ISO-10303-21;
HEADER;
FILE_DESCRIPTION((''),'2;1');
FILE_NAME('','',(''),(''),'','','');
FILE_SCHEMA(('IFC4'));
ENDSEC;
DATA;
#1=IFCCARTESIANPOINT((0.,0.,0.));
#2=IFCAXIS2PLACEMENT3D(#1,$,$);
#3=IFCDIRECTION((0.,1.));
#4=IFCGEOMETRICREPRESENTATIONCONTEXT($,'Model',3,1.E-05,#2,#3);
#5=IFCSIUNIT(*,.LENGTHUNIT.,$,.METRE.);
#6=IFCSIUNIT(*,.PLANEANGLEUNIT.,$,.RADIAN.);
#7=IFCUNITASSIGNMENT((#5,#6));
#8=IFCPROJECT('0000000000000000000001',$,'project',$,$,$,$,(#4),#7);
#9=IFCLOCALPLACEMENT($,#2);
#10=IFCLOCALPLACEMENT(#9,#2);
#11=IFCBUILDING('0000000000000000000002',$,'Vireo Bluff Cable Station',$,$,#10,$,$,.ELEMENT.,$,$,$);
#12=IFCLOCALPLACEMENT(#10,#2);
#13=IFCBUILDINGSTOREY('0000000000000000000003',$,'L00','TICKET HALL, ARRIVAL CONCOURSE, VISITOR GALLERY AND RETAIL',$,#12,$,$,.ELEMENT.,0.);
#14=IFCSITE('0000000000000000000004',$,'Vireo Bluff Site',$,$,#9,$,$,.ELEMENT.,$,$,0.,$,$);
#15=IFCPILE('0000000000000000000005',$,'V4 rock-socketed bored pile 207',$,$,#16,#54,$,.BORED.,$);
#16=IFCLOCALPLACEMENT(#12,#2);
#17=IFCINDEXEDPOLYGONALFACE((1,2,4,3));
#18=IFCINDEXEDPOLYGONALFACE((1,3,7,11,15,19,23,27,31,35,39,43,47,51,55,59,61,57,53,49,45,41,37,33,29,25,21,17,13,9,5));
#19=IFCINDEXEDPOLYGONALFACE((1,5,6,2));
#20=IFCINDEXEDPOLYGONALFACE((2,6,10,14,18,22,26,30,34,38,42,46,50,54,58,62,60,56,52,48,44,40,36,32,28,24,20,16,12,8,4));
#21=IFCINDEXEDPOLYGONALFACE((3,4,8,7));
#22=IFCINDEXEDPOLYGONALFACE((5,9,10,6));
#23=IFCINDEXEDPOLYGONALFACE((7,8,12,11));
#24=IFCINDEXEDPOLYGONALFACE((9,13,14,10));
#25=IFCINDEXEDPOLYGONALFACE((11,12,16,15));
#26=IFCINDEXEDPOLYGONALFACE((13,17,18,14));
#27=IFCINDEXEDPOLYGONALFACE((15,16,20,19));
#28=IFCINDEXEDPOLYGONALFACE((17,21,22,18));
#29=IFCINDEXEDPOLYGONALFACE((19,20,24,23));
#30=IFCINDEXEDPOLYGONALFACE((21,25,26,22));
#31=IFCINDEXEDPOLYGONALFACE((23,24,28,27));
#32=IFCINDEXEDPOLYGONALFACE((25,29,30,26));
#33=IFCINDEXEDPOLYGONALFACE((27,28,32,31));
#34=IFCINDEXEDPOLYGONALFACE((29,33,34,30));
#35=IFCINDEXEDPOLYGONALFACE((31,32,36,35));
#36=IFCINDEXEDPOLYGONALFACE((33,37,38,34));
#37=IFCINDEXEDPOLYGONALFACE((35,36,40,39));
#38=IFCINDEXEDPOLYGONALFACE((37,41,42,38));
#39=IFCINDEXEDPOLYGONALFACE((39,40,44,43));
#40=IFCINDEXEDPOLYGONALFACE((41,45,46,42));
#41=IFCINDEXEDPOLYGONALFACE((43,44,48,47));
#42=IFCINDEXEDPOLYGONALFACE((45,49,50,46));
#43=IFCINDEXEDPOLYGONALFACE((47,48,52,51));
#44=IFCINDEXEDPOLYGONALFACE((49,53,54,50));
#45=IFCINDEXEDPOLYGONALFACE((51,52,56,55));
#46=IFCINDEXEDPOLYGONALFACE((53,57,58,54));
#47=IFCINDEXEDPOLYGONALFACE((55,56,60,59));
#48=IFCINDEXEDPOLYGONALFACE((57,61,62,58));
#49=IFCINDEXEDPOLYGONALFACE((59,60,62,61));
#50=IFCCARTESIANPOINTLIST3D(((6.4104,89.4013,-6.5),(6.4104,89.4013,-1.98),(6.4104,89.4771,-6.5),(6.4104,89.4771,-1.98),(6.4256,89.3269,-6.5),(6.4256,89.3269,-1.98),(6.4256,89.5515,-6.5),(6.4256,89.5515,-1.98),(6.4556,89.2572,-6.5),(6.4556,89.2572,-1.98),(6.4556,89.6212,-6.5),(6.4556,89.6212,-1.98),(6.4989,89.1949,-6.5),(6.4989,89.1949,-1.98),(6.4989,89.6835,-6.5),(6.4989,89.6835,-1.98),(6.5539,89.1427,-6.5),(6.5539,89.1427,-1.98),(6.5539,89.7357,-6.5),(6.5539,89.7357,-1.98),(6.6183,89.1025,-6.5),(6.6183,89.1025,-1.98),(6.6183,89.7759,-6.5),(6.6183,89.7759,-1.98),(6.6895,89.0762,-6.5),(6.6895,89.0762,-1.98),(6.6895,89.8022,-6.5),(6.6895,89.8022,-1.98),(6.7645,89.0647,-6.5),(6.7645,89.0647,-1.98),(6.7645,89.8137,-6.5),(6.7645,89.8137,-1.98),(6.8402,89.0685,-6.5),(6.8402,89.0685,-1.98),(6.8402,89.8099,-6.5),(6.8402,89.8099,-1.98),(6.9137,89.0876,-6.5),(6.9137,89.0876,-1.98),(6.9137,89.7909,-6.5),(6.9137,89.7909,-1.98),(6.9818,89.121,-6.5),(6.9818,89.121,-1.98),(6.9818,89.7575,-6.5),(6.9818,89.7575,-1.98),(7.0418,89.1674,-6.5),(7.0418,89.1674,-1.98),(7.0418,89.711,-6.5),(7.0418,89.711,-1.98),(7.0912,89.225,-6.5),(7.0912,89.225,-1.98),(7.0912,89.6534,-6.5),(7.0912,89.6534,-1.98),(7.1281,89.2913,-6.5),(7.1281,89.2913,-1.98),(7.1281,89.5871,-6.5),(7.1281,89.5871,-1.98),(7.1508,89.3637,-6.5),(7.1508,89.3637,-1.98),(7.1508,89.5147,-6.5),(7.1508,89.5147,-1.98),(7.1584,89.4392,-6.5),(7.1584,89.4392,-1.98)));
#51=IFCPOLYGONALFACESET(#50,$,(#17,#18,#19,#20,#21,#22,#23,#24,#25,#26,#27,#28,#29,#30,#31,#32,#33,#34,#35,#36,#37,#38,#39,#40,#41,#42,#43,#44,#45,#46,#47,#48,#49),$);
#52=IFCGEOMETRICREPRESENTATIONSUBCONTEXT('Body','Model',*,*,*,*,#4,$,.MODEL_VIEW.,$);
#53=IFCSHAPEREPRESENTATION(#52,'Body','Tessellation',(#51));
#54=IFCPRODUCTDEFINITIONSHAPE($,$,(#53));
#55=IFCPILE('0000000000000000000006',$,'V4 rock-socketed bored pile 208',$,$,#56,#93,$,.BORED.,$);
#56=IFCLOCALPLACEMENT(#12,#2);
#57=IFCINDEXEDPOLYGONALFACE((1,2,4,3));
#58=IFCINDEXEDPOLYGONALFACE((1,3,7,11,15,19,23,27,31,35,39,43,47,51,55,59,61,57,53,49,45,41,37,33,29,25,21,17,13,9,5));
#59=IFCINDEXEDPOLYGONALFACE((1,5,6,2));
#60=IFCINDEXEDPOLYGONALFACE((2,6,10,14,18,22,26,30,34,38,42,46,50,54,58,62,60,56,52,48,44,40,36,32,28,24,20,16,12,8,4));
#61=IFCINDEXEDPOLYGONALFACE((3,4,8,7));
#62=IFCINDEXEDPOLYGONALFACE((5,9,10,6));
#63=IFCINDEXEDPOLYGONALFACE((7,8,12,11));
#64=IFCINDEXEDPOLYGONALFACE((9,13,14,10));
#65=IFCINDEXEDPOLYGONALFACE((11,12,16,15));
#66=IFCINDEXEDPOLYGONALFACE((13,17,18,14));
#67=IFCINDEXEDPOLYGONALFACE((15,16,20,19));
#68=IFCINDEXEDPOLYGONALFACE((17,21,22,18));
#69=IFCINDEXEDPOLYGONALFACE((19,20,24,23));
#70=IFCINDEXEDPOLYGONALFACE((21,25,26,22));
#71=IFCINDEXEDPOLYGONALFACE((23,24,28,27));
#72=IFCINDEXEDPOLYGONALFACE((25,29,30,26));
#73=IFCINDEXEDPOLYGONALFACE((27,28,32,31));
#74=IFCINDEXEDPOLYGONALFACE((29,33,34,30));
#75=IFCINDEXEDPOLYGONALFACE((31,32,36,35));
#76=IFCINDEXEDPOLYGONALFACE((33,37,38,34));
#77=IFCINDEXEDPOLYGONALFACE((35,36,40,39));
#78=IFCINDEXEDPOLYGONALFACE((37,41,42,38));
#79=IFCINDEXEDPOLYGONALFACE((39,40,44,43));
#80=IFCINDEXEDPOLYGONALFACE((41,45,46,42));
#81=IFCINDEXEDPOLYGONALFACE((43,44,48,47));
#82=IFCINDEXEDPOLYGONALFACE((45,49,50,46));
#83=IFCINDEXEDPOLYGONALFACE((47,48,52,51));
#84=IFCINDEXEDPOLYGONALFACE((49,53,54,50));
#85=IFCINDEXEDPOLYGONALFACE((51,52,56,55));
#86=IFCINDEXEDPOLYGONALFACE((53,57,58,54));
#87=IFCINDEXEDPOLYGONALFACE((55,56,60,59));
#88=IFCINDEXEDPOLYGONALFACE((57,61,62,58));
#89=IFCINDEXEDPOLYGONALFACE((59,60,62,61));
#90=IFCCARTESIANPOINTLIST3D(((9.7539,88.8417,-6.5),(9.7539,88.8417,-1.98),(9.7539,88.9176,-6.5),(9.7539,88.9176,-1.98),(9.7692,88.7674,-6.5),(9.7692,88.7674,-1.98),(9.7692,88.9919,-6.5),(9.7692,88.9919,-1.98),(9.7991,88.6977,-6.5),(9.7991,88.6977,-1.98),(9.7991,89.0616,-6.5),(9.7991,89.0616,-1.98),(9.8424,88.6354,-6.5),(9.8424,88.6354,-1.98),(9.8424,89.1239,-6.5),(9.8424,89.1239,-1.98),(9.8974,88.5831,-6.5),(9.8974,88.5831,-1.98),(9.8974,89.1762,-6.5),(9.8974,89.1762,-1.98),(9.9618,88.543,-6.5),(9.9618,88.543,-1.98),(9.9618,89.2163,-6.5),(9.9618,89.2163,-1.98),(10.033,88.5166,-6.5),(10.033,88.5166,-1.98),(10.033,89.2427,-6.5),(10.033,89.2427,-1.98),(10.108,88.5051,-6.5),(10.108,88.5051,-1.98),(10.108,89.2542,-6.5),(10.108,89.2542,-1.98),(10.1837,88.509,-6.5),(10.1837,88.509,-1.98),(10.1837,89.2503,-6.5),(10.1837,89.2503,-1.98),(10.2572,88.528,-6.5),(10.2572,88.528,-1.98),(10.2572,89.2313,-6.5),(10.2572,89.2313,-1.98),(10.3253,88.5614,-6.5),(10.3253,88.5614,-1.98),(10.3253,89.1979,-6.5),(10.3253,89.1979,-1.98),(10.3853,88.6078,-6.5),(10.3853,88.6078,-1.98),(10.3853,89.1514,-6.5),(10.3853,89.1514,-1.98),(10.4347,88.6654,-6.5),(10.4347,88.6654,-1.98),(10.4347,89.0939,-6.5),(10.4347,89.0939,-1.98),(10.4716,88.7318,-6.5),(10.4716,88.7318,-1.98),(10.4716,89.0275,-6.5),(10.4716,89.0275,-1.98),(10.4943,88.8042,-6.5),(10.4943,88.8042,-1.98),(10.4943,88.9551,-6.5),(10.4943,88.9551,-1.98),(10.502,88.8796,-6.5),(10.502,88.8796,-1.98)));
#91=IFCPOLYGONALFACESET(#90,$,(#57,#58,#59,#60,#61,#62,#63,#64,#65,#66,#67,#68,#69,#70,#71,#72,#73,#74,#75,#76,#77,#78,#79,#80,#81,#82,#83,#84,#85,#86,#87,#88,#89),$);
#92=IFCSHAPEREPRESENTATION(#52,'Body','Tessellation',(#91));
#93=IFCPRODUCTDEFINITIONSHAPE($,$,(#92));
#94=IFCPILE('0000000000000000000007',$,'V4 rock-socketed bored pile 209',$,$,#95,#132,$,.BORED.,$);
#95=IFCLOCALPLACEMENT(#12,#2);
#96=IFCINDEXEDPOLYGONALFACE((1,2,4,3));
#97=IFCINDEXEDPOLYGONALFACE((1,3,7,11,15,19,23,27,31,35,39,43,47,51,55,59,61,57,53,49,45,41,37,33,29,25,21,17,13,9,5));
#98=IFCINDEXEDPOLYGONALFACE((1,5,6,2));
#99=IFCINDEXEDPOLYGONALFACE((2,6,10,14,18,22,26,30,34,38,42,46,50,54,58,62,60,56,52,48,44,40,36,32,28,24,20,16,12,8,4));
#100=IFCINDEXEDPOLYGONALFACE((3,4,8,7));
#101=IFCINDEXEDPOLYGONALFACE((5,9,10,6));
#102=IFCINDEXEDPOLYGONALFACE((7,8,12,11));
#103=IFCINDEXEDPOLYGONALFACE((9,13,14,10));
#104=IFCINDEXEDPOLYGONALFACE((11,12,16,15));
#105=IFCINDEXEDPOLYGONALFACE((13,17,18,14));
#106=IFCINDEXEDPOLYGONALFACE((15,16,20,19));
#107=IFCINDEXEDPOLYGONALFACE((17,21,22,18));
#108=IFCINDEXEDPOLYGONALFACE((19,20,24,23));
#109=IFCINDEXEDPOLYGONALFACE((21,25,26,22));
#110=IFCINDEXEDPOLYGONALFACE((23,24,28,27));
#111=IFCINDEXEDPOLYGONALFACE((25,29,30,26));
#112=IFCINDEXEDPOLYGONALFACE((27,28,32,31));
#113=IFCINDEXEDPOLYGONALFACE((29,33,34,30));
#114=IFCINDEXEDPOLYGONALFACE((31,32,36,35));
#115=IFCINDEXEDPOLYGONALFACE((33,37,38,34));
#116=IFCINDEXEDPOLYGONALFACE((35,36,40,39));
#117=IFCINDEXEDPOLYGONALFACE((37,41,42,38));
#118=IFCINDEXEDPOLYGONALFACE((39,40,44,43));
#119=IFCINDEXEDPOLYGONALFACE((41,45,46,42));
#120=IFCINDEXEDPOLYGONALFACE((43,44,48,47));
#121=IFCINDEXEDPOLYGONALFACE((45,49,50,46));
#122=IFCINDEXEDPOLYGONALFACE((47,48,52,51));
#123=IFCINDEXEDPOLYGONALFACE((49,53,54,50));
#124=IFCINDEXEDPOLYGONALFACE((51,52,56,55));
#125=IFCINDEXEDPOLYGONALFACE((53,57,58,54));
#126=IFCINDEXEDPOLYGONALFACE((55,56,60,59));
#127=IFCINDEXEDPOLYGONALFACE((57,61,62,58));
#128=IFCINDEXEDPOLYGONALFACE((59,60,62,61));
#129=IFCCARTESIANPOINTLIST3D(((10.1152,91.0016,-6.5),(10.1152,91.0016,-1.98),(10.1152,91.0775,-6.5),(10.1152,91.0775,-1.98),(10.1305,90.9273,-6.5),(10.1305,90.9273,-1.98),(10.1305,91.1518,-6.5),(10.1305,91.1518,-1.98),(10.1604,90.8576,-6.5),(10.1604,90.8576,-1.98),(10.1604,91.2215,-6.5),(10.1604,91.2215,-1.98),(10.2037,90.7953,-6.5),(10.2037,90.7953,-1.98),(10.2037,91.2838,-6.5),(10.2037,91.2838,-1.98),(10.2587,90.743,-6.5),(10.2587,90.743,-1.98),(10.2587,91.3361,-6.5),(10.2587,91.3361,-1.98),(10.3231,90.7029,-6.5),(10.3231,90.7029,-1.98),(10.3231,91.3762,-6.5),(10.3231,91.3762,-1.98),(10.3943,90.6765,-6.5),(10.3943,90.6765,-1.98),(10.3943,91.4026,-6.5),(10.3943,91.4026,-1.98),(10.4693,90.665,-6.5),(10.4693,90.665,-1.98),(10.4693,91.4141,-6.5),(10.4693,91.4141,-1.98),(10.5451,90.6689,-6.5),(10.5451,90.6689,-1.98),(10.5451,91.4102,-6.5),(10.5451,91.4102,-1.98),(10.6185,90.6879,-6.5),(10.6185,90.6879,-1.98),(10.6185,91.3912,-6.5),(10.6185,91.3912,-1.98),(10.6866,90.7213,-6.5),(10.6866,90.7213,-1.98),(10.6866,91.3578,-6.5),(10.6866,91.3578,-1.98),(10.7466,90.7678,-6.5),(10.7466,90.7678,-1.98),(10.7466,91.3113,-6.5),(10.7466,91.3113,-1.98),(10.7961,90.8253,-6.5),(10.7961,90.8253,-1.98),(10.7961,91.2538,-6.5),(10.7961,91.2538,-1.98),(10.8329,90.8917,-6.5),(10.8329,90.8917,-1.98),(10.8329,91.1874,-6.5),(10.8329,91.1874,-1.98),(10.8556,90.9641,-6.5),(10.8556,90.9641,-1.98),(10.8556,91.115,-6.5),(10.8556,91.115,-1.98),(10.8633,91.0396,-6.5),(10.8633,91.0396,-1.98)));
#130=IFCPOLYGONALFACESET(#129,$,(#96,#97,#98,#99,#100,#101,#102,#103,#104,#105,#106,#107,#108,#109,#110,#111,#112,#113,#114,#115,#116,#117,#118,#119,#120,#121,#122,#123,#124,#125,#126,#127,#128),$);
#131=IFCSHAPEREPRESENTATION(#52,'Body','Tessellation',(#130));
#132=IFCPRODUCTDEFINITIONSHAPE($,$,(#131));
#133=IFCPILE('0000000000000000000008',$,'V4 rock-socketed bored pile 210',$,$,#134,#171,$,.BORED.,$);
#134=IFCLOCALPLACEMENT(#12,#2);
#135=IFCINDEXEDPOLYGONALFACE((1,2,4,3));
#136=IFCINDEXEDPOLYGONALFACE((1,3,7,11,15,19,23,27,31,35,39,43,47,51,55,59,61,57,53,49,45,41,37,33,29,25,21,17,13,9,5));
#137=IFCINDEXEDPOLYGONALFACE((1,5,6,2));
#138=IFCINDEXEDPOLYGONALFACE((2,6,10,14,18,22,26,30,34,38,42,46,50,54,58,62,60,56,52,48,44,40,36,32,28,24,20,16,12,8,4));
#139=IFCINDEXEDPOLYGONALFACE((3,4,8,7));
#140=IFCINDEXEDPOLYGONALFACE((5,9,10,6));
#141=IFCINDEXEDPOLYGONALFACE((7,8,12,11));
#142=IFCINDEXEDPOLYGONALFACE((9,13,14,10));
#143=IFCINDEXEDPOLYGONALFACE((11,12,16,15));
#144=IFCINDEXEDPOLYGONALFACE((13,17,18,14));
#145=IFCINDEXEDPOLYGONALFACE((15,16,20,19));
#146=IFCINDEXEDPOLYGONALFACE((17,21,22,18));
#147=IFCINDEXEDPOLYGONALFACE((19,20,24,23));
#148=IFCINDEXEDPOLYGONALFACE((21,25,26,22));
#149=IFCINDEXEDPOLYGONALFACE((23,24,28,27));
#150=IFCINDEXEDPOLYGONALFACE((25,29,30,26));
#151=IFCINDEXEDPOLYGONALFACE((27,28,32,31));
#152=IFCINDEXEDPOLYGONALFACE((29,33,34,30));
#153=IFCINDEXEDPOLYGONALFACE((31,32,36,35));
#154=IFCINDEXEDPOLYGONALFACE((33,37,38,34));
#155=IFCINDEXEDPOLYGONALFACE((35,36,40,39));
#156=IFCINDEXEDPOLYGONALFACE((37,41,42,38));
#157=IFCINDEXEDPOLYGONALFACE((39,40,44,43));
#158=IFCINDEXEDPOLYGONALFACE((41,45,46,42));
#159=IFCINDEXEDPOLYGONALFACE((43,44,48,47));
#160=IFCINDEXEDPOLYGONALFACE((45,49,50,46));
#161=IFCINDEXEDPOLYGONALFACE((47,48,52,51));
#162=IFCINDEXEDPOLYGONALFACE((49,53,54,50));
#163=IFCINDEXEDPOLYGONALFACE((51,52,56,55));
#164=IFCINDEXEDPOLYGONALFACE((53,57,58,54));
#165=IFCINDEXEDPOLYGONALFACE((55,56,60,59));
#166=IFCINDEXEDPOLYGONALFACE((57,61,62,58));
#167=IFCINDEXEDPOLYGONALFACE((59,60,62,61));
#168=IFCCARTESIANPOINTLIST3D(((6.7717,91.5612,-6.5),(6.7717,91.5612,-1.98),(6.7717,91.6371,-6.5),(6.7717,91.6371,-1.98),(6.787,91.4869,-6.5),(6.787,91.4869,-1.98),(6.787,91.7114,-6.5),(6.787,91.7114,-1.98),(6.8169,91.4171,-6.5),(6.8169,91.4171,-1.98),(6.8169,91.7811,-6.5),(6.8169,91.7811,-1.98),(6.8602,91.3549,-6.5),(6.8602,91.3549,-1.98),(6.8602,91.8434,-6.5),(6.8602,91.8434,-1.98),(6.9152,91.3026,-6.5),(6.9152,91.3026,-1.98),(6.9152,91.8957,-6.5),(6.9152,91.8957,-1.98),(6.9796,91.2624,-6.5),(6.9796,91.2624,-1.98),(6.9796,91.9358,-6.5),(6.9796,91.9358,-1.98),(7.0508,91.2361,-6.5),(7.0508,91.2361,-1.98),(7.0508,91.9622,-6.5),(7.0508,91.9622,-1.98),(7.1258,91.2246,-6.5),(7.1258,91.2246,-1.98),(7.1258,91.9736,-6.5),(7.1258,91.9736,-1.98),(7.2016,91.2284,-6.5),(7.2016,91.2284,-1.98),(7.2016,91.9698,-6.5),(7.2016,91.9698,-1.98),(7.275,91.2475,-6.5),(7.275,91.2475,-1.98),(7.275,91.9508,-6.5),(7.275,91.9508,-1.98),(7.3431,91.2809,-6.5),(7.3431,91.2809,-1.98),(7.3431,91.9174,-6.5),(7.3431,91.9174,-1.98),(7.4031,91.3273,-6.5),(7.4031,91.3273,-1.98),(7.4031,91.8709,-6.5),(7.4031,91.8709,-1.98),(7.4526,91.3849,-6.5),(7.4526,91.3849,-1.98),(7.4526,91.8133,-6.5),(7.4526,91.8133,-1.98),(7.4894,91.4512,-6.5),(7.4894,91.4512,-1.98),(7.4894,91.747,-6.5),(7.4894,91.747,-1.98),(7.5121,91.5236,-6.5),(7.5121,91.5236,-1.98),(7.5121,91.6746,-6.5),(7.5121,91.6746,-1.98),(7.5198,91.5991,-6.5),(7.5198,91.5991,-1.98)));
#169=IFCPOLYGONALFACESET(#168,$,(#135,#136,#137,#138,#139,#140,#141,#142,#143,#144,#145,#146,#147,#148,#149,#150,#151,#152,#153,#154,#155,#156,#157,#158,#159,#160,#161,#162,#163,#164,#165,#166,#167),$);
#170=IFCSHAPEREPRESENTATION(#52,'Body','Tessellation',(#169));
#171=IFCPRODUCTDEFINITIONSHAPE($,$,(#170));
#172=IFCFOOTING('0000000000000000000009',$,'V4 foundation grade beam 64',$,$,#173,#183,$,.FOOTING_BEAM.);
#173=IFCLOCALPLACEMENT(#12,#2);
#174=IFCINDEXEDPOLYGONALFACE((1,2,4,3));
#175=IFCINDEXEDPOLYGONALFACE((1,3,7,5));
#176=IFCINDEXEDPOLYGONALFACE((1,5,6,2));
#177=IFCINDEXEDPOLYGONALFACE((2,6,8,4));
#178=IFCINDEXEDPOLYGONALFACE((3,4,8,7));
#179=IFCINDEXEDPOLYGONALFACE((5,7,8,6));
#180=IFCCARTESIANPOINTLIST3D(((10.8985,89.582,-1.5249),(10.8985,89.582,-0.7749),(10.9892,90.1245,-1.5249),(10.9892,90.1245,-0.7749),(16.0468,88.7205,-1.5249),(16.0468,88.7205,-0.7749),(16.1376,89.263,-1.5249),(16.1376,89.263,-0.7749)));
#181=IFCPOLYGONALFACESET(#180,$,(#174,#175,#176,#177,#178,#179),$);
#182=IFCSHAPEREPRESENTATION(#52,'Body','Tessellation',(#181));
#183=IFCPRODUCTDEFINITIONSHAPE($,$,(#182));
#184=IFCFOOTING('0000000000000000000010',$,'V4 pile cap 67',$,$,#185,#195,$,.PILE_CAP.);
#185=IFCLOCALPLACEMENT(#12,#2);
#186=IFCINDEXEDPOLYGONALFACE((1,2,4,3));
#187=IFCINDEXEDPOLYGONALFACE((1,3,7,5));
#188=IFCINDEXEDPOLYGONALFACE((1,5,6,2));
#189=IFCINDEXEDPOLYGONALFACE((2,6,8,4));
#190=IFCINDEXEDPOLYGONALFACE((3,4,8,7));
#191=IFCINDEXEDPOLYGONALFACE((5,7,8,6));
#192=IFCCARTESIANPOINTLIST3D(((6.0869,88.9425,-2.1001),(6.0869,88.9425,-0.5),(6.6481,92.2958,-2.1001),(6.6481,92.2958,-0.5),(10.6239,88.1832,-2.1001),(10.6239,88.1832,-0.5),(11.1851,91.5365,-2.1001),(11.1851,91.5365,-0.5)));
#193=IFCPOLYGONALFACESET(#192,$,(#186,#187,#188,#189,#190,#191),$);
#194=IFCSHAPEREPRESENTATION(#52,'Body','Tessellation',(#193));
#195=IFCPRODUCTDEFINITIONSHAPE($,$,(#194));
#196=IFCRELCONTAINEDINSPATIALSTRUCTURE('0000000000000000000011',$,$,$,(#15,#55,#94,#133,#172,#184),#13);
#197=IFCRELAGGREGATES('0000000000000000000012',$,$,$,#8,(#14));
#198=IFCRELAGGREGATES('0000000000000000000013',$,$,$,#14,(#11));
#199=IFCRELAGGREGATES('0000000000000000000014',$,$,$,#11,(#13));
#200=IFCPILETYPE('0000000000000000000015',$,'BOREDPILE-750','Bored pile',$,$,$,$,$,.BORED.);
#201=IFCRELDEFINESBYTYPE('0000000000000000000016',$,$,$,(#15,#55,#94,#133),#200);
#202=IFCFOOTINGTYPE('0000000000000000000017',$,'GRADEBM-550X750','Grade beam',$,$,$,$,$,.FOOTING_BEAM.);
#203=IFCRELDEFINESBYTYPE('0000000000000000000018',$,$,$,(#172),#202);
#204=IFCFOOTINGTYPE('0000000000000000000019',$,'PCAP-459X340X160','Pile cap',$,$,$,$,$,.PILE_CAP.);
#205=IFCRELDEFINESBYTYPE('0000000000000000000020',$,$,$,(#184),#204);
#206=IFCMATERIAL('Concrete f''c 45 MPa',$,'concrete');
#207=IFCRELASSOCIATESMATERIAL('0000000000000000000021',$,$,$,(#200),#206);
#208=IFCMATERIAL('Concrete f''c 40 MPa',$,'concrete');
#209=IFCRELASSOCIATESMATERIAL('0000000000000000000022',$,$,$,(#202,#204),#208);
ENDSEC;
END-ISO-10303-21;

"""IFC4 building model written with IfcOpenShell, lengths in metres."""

from ifc_helpers import new_model, si_unit, direction, frame, origin, origin_2d, place, context, subcontext, project, spatial, rectangle, circle, extrude, material, material_profile, profile_set, type_object, element, save


model = new_model("IFC4")

# Units and contexts
model_context = context("Model", 3, precision=1e-05, world=origin(), true_north=direction((0.0, 1.0)))
body_context = subcontext(model_context, "Body", "Model", "MODEL_VIEW")
ifc_project = project(units=[si_unit("LENGTHUNIT", "METRE"), si_unit("PLANEANGLEUNIT", "RADIAN")], contexts=[model_context])

# Site, building, storey
site_placement = place(None, origin())
site = spatial("IfcSite", under=ifc_project, at=site_placement, Name="Vireo Bluff Site", CompositionType="ELEMENT", RefElevation=0.0)
building_placement = place(site_placement, origin())
building = spatial("IfcBuilding", under=site, at=building_placement, Name="Vireo Bluff Cable Station", CompositionType="ELEMENT")
storey_placement = place(building_placement, origin())
storey = spatial("IfcBuildingStorey", under=building, at=storey_placement, Name="L00", Description="TICKET HALL, ARRIVAL CONCOURSE, VISITOR GALLERY AND RETAIL", CompositionType="ELEMENT", Elevation=0.0)

# Piles
ifc_material_1 = material(Name="Concrete f'c 45 MPa", Category="concrete")
ifc_material_profile_1 = material_profile(ifc_material_1, circle(Radius=0.375, at=origin_2d()), Name="BOREDPILE-750")
ifc_profile_set_1 = profile_set([ifc_material_profile_1], Name="Concrete f'c 45 MPa")
pile_type = type_object("IfcPileType", Name="BOREDPILE-750", Description="Bored pile", PredefinedType="BORED", material=ifc_profile_set_1)
for number, where, z_axis, x_axis, name in (
    (1, (6.7834, 89.4392, -1.98), (0.0, 0.0, -1.0), (1.0, 0.0, 0.0), "V4 rock-socketed bored pile 207"),
    (2, (10.127, 88.8796, -1.98), (0.0, 0.0, -1.0), (1.0, 0.0, 0.0), "V4 rock-socketed bored pile 208"),
    (3, (10.4883, 91.0396, -1.98), (0.0, 0.0, -1.0), (1.0, 0.0, 0.0), "V4 rock-socketed bored pile 209"),
    (4, (7.1448, 91.5991, -1.98), (0.0, 0.0, -1.0), (1.0, 0.0, 0.0), "V4 rock-socketed bored pile 210"),
):
    element("IfcPile", number, at=place(storey_placement, frame(where, z_axis=z_axis, x_axis=x_axis)), inside=storey, type_object=pile_type, Name=name, PredefinedType="BORED", context=body_context, shape_type="SweptSolid", body=[
        extrude(circle(Radius=0.375, at=origin_2d()), origin(), (0.0, 0.0, 1.0), 4.52),
    ])

# Footings
ifc_material_2 = material(Name="Concrete f'c 40 MPa", Category="concrete")
ifc_material_profile_2 = material_profile(ifc_material_2, rectangle(XDim=0.55, YDim=0.75, at=origin_2d()), Name="GRADEBM-550X750")
ifc_profile_set_2 = profile_set([ifc_material_profile_2], Name="Concrete f'c 40 MPa")
footing_type_1 = type_object("IfcFootingType", Name="GRADEBM-550X750", Description="Grade beam", PredefinedType="FOOTING_BEAM", material=ifc_profile_set_2)
footing_1_placement = place(storey_placement, frame((10.9438, 89.8533, -1.1499), z_axis=(0.986285, -0.165051, 0.0), x_axis=(0.165051, 0.986285, 0.0)))
element("IfcFooting", 5, at=footing_1_placement, inside=storey, type_object=footing_type_1, Name="V4 foundation grade beam 64", PredefinedType="FOOTING_BEAM", context=body_context, shape_type="SweptSolid", body=[
    extrude(rectangle(XDim=0.55, YDim=0.75, at=origin_2d()), origin(), (0.0, 0.0, 1.0), 5.22),
])
footing_type_2 = type_object("IfcFootingType", Name="PCAP-459X340X160", Description="Pile cap", PredefinedType="PILE_CAP", material=ifc_material_2)
footing_2_placement = place(storey_placement, frame((8.636, 90.2395, -2.1001), z_axis=(0.0, 0.0, 1.0), x_axis=(0.986286, -0.165048, 0.0)))
element("IfcFooting", 6, at=footing_2_placement, inside=storey, type_object=footing_type_2, Name="V4 pile cap 67", PredefinedType="PILE_CAP", context=body_context, shape_type="SweptSolid", body=[
    extrude(rectangle(XDim=4.6001, YDim=3.3999, at=origin_2d()), origin(), (0.0, 0.0, 1.0), 1.6001),
])

save(model, "model.ifc")
